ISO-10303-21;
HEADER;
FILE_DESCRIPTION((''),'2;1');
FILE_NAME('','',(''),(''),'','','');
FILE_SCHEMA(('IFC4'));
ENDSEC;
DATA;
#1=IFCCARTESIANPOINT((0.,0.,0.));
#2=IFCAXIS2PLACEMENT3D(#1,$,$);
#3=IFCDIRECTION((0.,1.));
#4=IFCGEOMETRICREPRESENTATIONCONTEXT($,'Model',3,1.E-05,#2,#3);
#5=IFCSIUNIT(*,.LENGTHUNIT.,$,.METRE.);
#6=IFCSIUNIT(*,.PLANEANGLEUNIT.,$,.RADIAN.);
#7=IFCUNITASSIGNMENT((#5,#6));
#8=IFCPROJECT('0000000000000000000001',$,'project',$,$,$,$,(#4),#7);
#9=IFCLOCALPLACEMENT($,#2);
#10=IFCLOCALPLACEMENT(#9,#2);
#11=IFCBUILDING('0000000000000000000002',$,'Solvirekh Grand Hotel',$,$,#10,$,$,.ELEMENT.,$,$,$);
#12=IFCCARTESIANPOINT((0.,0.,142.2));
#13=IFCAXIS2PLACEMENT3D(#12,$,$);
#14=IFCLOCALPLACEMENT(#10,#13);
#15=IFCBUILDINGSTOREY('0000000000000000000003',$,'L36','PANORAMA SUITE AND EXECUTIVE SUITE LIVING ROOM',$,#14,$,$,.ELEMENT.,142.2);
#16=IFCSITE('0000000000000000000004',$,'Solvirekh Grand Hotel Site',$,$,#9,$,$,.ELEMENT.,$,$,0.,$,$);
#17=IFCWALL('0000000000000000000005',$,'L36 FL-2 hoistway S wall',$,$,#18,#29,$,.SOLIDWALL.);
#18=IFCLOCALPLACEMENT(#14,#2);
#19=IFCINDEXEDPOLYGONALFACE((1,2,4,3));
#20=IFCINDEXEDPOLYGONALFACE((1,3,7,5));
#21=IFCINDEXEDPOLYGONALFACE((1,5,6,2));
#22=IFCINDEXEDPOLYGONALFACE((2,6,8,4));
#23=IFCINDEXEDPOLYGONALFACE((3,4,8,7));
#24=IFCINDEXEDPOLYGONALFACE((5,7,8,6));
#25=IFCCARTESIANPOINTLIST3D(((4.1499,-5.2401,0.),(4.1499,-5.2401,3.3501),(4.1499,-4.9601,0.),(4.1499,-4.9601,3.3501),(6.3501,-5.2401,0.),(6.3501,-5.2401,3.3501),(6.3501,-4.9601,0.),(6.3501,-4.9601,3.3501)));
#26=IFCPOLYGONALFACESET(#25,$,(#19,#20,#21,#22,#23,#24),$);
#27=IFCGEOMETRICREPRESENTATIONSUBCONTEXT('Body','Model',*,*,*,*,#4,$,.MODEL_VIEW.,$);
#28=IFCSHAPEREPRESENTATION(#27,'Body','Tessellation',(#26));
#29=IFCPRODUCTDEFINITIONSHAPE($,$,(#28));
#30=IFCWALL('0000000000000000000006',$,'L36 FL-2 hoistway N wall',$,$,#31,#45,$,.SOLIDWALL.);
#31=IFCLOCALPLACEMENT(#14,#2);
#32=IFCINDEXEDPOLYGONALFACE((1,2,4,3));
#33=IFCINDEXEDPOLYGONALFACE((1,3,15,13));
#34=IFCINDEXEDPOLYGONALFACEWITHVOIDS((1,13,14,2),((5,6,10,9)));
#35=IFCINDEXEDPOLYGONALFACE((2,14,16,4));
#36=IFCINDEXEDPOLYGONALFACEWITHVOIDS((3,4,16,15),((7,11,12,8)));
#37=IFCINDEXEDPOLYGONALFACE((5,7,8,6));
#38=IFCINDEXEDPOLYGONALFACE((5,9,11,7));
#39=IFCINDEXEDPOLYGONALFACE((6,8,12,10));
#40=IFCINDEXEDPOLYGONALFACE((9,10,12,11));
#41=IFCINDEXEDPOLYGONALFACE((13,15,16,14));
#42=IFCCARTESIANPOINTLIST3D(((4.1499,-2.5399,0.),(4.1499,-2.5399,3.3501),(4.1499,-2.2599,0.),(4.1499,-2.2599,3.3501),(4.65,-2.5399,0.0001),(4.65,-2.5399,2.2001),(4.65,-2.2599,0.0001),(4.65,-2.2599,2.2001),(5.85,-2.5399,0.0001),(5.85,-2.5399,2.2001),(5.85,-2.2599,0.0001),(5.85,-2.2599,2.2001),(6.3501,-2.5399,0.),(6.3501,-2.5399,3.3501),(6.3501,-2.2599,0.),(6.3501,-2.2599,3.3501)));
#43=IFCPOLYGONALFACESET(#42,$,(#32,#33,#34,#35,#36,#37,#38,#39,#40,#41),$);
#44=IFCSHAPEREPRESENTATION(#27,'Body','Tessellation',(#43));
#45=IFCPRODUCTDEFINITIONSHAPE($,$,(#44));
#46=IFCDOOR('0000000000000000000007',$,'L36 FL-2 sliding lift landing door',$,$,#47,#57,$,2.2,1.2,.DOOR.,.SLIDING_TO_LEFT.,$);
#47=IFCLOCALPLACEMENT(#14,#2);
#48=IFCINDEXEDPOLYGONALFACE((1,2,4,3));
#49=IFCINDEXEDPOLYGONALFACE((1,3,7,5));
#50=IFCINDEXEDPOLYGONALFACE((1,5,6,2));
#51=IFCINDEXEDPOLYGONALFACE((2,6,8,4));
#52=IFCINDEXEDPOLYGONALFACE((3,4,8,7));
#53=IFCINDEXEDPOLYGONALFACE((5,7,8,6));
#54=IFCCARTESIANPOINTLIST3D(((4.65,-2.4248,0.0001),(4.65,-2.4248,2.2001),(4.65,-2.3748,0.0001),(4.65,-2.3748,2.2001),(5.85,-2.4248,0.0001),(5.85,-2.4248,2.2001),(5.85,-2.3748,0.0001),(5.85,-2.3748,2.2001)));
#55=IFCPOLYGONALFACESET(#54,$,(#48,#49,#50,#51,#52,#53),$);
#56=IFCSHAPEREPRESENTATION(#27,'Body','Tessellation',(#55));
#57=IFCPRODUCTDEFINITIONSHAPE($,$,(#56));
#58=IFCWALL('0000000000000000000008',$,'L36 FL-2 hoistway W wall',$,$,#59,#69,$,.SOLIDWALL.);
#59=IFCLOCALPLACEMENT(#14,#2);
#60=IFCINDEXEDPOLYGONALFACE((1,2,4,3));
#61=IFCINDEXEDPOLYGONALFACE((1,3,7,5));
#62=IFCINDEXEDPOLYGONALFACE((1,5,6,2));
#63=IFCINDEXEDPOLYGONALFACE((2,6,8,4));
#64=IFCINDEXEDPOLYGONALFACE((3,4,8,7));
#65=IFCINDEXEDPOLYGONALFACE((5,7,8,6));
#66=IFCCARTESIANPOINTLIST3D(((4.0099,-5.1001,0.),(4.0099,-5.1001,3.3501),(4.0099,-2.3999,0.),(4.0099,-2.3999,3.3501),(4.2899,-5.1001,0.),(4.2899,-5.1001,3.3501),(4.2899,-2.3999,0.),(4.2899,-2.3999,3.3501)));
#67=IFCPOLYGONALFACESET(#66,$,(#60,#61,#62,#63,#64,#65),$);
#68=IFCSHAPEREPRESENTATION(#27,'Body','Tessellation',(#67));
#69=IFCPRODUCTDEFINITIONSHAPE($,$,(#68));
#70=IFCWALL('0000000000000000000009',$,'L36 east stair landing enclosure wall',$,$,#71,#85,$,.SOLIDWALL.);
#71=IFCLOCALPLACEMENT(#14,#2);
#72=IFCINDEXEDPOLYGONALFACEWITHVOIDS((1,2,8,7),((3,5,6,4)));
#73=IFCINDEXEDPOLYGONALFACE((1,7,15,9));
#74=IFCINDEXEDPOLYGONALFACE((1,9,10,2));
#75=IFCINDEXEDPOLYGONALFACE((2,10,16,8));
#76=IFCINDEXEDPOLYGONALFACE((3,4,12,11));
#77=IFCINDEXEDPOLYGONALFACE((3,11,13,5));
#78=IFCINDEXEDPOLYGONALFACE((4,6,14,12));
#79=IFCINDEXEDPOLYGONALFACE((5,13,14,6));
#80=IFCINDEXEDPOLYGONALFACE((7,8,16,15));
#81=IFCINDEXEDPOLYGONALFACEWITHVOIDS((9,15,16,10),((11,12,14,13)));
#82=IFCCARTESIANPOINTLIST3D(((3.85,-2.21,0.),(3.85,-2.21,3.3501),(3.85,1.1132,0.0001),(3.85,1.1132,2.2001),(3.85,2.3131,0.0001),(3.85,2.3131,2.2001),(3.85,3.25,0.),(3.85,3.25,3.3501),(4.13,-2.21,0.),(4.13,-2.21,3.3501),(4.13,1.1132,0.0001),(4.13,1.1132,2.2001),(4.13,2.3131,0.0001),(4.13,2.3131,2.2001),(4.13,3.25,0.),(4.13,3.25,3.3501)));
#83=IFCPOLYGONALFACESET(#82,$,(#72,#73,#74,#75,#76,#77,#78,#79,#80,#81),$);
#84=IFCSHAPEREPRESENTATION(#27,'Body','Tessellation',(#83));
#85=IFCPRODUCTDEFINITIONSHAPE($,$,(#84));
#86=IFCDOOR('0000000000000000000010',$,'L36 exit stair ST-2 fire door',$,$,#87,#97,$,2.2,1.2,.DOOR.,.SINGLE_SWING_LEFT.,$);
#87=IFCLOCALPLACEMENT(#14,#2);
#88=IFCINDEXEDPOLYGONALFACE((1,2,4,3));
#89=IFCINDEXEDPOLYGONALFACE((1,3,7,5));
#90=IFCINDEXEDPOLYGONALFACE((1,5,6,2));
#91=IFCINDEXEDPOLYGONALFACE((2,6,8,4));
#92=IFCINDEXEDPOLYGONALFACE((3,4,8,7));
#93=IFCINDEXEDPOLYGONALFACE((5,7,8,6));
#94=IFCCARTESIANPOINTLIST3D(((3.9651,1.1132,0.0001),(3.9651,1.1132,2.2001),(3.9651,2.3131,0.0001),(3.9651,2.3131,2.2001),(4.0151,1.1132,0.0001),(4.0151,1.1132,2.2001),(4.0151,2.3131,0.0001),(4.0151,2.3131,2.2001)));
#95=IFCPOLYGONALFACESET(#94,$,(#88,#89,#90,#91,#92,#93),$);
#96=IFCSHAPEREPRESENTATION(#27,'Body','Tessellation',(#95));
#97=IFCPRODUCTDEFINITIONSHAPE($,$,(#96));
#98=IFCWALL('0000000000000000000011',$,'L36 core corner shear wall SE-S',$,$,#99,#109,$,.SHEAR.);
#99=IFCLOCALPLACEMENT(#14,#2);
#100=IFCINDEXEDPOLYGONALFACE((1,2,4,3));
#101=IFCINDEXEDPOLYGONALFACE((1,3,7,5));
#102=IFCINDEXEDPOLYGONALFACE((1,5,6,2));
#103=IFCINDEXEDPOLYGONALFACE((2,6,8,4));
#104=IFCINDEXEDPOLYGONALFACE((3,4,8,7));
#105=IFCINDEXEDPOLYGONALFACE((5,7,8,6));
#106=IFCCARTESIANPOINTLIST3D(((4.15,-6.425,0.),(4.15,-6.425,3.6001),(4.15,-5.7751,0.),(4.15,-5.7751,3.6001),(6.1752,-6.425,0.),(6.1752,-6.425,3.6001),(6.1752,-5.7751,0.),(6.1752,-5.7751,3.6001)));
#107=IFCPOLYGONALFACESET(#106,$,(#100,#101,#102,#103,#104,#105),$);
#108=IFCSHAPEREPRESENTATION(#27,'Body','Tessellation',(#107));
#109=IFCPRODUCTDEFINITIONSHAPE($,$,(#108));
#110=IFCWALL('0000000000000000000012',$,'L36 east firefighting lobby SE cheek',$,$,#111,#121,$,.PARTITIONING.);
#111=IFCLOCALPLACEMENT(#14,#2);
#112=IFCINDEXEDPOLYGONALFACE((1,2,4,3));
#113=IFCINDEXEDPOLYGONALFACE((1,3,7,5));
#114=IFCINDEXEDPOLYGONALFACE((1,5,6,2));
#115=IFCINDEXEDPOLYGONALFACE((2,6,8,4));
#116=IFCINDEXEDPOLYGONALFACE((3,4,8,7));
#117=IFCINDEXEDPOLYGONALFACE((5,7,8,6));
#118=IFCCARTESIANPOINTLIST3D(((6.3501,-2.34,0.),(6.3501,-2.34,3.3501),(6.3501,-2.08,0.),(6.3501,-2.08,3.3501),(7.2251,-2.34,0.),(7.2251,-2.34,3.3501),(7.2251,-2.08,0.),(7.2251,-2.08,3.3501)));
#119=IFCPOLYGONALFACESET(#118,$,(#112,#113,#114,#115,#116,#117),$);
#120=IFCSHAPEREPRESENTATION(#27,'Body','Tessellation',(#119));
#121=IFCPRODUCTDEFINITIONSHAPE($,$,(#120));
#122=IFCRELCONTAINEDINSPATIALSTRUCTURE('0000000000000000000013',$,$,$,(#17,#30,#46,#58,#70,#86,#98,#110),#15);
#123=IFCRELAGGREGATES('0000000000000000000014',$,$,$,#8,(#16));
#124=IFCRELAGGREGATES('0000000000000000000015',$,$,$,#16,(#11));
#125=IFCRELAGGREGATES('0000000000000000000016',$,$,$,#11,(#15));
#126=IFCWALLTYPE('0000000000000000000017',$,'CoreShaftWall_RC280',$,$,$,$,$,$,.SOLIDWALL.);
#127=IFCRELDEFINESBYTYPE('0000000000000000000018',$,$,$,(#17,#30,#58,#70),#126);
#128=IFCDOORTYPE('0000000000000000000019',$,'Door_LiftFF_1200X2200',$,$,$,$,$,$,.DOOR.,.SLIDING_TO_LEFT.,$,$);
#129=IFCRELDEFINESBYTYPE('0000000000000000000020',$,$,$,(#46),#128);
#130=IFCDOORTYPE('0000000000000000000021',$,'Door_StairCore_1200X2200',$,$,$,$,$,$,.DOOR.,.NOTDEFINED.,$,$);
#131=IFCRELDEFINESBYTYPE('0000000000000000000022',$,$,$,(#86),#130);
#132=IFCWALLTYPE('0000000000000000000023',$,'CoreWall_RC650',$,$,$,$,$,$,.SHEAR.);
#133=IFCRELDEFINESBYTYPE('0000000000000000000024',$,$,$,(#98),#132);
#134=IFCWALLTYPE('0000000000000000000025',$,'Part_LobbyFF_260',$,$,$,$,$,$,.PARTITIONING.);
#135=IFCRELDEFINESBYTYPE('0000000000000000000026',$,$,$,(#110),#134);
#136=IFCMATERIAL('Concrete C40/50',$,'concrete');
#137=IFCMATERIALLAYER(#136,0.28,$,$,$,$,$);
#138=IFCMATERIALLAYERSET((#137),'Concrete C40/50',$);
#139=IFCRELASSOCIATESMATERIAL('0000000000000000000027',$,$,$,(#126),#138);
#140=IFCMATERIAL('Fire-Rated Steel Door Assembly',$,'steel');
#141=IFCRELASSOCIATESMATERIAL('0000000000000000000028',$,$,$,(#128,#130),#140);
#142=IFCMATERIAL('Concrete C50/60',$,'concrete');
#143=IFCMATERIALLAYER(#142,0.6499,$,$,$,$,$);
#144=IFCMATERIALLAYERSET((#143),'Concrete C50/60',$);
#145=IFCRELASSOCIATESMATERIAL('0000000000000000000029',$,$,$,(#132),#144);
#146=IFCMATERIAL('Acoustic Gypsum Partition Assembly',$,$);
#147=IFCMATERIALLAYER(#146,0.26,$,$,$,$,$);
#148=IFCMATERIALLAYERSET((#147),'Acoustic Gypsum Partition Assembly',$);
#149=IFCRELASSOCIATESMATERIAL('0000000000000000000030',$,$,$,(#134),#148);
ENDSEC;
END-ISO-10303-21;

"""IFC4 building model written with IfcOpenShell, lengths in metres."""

from ifc_helpers import new_model, si_unit, direction, frame, frame_2d, origin, place, context, subcontext, project, spatial, rectangle, extrude, material, layer, layer_set, type_object, element, fill, save


model = new_model("IFC4")

# Units and contexts
model_context = context("Model", 3, precision=1e-05, world=origin(), true_north=direction((0.0, 1.0)))
body_context = subcontext(model_context, "Body", "Model", "MODEL_VIEW")
ifc_project = project(units=[si_unit("LENGTHUNIT", "METRE"), si_unit("PLANEANGLEUNIT", "RADIAN")], contexts=[model_context])

# Site, building, storey
site_placement = place(None, origin())
site = spatial("IfcSite", under=ifc_project, at=site_placement, Name="Solvirekh Grand Hotel Site", CompositionType="ELEMENT", RefElevation=0.0)
building_placement = place(site_placement, origin())
building = spatial("IfcBuilding", under=site, at=building_placement, Name="Solvirekh Grand Hotel", CompositionType="ELEMENT")
storey_placement = place(building_placement, frame((0.0, 0.0, 142.2)))
storey = spatial("IfcBuildingStorey", under=building, at=storey_placement, Name="L36", Description="PANORAMA SUITE AND EXECUTIVE SUITE LIVING ROOM", CompositionType="ELEMENT", Elevation=142.2)

# Shared definitions
ifc_material_1 = material(Name="Concrete C50/60", Category="concrete")

# Shared definitions
ifc_material_2 = material(Name="Concrete C40/50", Category="concrete")
ifc_layer_1 = layer(ifc_material_2, 0.28)
ifc_layer_set_1 = layer_set([ifc_layer_1], Name="Concrete C40/50")
wall_type_1 = type_object("IfcWallType", Name="CoreShaftWall_RC280", PredefinedType="SOLIDWALL", material=ifc_layer_set_1)

# Shared definitions
ifc_material_3 = material(Name="Fire-Rated Steel Door Assembly", Category="steel")

# Wall
wall_1_placement = place(storey_placement, frame((4.1499, -5.1001, 0.0), z_axis=(0.0, 0.0, 1.0), x_axis=(1.0, 0.0, 0.0)))
element("IfcWall", 1, at=wall_1_placement, inside=storey, type_object=wall_type_1, Name="L36 FL-2 hoistway S wall", PredefinedType="SOLIDWALL", context=body_context, shape_type="SweptSolid", body=[
    extrude(rectangle(XDim=2.2002, YDim=0.28, at=frame_2d((1.1001, 0.0))), origin(), (0.0, 0.0, 1.0), 3.3501),
])

# Wall, opening, door
wall_2_placement = place(storey_placement, frame((6.3501, -2.3999, 0.0), z_axis=(0.0, 0.0, 1.0), x_axis=(-1.0, 0.0, 0.0)))
wall_2 = element("IfcWall", 2, at=wall_2_placement, inside=storey, type_object=wall_type_1, Name="L36 FL-2 hoistway N wall", PredefinedType="SOLIDWALL", context=body_context, shape_type="SweptSolid", body=[
    extrude(rectangle(XDim=2.2002, YDim=0.28, at=frame_2d((1.1001, 0.0))), origin(), (0.0, 0.0, 1.0), 3.3501),
])
opening_1_placement = place(wall_2_placement, frame((0.5, 0.0, 0.0)))
opening_1 = element("IfcOpeningElement", 3, at=opening_1_placement, cuts=wall_2, PredefinedType="OPENING", context=body_context, shape_type="SweptSolid", body=[
    extrude(rectangle(XDim=1.2, YDim=2.2, at=frame_2d((0.6001, 1.1001))), frame((0.0, 0.1499, 0.0), z_axis=(0.0, -1.0, 0.0), x_axis=(1.0, 0.0, 0.0)), (0.0, 0.0, 1.0), 0.3),
])
door_type_1 = type_object("IfcDoorType", Name="Door_LiftFF_1200X2200", OperationType="SLIDING_TO_LEFT", PredefinedType="DOOR", material=ifc_material_3)
door_1_placement = place(opening_1_placement, origin())
door_1 = element("IfcDoor", 4, at=door_1_placement, inside=storey, type_object=door_type_1, Name="L36 FL-2 sliding lift landing door", OperationType="SLIDING_TO_LEFT", OverallHeight=2.2, OverallWidth=1.2, PredefinedType="DOOR", context=body_context, shape_type="SweptSolid", body=[
    extrude(rectangle(XDim=1.2, YDim=2.2, at=frame_2d((0.6001, 1.1001))), frame((0.0, 0.0249, 0.0), z_axis=(0.0, -1.0, 0.0), x_axis=(1.0, 0.0, 0.0)), (0.0, 0.0, 1.0), 0.05),
])
fill(opening_1, door_1)

# Wall
wall_3_placement = place(storey_placement, frame((4.1499, -2.3999, 0.0), z_axis=(0.0, 0.0, 1.0), x_axis=(0.0, -1.0, 0.0)))
element("IfcWall", 5, at=wall_3_placement, inside=storey, type_object=wall_type_1, Name="L36 FL-2 hoistway W wall", PredefinedType="SOLIDWALL", context=body_context, shape_type="SweptSolid", body=[
    extrude(rectangle(XDim=2.7002, YDim=0.28, at=frame_2d((1.3501, 0.0))), origin(), (0.0, 0.0, 1.0), 3.3501),
])

# Wall, opening, door
wall_4_placement = place(storey_placement, frame((3.99, -2.21, 0.0), z_axis=(0.0, 0.0, 1.0), x_axis=(0.0, 1.0, 0.0)))
wall_4 = element("IfcWall", 6, at=wall_4_placement, inside=storey, type_object=wall_type_1, Name="L36 east stair landing enclosure wall", PredefinedType="SOLIDWALL", context=body_context, shape_type="SweptSolid", body=[
    extrude(rectangle(XDim=5.46, YDim=0.28, at=frame_2d((2.73, 0.0))), origin(), (0.0, 0.0, 1.0), 3.3501),
])
opening_2_placement = place(wall_4_placement, frame((3.323, 0.0, 0.0)))
opening_2 = element("IfcOpeningElement", 7, at=opening_2_placement, cuts=wall_4, PredefinedType="OPENING", context=body_context, shape_type="SweptSolid", body=[
    extrude(rectangle(XDim=1.2, YDim=2.2, at=frame_2d((0.6001, 1.1001))), frame((0.0, 0.1499, 0.0), z_axis=(0.0, -1.0, 0.0), x_axis=(1.0, 0.0, 0.0)), (0.0, 0.0, 1.0), 0.3),
])
door_type_2 = type_object("IfcDoorType", Name="Door_StairCore_1200X2200", OperationType="NOTDEFINED", PredefinedType="DOOR", material=ifc_material_3)
door_2_placement = place(opening_2_placement, origin())
door_2 = element("IfcDoor", 8, at=door_2_placement, inside=storey, type_object=door_type_2, Name="L36 exit stair ST-2 fire door", OperationType="SINGLE_SWING_LEFT", OverallHeight=2.2, OverallWidth=1.2, PredefinedType="DOOR", context=body_context, shape_type="SweptSolid", body=[
    extrude(rectangle(XDim=1.2, YDim=2.2, at=frame_2d((0.6001, 1.1001))), frame((0.0, 0.0249, 0.0), z_axis=(0.0, -1.0, 0.0), x_axis=(1.0, 0.0, 0.0)), (0.0, 0.0, 1.0), 0.05),
])
fill(opening_2, door_2)

# Walls
ifc_layer_2 = layer(ifc_material_1, 0.6499)
ifc_layer_set_2 = layer_set([ifc_layer_2], Name="Concrete C50/60")
wall_type_2 = type_object("IfcWallType", Name="CoreWall_RC650", PredefinedType="SHEAR", material=ifc_layer_set_2)
wall_5_placement = place(storey_placement, frame((4.1499, -6.1001, 0.0), z_axis=(0.0, 0.0, 1.0), x_axis=(1.0, 0.0, 0.0)))
element("IfcWall", 9, at=wall_5_placement, inside=storey, type_object=wall_type_2, Name="L36 core corner shear wall SE-S", PredefinedType="SHEAR", context=body_context, shape_type="SweptSolid", body=[
    extrude(rectangle(XDim=2.0251, YDim=0.6499, at=frame_2d((1.0127, 0.0))), origin(), (0.0, 0.0, 1.0), 3.6001),
])
ifc_material_4 = material(Name="Acoustic Gypsum Partition Assembly")
ifc_layer_3 = layer(ifc_material_4, 0.26)
ifc_layer_set_3 = layer_set([ifc_layer_3], Name="Acoustic Gypsum Partition Assembly")
wall_type_3 = type_object("IfcWallType", Name="Part_LobbyFF_260", PredefinedType="PARTITIONING", material=ifc_layer_set_3)
wall_6_placement = place(storey_placement, frame((6.3501, -2.21, 0.0), z_axis=(0.0, 0.0, 1.0), x_axis=(1.0, 0.0, 0.0)))
element("IfcWall", 10, at=wall_6_placement, inside=storey, type_object=wall_type_3, Name="L36 east firefighting lobby SE cheek", PredefinedType="PARTITIONING", context=body_context, shape_type="SweptSolid", body=[
    extrude(rectangle(XDim=0.875, YDim=0.26, at=frame_2d((0.4375, 0.0))), origin(), (0.0, 0.0, 1.0), 3.3501),
])

save(model, "model.ifc")
